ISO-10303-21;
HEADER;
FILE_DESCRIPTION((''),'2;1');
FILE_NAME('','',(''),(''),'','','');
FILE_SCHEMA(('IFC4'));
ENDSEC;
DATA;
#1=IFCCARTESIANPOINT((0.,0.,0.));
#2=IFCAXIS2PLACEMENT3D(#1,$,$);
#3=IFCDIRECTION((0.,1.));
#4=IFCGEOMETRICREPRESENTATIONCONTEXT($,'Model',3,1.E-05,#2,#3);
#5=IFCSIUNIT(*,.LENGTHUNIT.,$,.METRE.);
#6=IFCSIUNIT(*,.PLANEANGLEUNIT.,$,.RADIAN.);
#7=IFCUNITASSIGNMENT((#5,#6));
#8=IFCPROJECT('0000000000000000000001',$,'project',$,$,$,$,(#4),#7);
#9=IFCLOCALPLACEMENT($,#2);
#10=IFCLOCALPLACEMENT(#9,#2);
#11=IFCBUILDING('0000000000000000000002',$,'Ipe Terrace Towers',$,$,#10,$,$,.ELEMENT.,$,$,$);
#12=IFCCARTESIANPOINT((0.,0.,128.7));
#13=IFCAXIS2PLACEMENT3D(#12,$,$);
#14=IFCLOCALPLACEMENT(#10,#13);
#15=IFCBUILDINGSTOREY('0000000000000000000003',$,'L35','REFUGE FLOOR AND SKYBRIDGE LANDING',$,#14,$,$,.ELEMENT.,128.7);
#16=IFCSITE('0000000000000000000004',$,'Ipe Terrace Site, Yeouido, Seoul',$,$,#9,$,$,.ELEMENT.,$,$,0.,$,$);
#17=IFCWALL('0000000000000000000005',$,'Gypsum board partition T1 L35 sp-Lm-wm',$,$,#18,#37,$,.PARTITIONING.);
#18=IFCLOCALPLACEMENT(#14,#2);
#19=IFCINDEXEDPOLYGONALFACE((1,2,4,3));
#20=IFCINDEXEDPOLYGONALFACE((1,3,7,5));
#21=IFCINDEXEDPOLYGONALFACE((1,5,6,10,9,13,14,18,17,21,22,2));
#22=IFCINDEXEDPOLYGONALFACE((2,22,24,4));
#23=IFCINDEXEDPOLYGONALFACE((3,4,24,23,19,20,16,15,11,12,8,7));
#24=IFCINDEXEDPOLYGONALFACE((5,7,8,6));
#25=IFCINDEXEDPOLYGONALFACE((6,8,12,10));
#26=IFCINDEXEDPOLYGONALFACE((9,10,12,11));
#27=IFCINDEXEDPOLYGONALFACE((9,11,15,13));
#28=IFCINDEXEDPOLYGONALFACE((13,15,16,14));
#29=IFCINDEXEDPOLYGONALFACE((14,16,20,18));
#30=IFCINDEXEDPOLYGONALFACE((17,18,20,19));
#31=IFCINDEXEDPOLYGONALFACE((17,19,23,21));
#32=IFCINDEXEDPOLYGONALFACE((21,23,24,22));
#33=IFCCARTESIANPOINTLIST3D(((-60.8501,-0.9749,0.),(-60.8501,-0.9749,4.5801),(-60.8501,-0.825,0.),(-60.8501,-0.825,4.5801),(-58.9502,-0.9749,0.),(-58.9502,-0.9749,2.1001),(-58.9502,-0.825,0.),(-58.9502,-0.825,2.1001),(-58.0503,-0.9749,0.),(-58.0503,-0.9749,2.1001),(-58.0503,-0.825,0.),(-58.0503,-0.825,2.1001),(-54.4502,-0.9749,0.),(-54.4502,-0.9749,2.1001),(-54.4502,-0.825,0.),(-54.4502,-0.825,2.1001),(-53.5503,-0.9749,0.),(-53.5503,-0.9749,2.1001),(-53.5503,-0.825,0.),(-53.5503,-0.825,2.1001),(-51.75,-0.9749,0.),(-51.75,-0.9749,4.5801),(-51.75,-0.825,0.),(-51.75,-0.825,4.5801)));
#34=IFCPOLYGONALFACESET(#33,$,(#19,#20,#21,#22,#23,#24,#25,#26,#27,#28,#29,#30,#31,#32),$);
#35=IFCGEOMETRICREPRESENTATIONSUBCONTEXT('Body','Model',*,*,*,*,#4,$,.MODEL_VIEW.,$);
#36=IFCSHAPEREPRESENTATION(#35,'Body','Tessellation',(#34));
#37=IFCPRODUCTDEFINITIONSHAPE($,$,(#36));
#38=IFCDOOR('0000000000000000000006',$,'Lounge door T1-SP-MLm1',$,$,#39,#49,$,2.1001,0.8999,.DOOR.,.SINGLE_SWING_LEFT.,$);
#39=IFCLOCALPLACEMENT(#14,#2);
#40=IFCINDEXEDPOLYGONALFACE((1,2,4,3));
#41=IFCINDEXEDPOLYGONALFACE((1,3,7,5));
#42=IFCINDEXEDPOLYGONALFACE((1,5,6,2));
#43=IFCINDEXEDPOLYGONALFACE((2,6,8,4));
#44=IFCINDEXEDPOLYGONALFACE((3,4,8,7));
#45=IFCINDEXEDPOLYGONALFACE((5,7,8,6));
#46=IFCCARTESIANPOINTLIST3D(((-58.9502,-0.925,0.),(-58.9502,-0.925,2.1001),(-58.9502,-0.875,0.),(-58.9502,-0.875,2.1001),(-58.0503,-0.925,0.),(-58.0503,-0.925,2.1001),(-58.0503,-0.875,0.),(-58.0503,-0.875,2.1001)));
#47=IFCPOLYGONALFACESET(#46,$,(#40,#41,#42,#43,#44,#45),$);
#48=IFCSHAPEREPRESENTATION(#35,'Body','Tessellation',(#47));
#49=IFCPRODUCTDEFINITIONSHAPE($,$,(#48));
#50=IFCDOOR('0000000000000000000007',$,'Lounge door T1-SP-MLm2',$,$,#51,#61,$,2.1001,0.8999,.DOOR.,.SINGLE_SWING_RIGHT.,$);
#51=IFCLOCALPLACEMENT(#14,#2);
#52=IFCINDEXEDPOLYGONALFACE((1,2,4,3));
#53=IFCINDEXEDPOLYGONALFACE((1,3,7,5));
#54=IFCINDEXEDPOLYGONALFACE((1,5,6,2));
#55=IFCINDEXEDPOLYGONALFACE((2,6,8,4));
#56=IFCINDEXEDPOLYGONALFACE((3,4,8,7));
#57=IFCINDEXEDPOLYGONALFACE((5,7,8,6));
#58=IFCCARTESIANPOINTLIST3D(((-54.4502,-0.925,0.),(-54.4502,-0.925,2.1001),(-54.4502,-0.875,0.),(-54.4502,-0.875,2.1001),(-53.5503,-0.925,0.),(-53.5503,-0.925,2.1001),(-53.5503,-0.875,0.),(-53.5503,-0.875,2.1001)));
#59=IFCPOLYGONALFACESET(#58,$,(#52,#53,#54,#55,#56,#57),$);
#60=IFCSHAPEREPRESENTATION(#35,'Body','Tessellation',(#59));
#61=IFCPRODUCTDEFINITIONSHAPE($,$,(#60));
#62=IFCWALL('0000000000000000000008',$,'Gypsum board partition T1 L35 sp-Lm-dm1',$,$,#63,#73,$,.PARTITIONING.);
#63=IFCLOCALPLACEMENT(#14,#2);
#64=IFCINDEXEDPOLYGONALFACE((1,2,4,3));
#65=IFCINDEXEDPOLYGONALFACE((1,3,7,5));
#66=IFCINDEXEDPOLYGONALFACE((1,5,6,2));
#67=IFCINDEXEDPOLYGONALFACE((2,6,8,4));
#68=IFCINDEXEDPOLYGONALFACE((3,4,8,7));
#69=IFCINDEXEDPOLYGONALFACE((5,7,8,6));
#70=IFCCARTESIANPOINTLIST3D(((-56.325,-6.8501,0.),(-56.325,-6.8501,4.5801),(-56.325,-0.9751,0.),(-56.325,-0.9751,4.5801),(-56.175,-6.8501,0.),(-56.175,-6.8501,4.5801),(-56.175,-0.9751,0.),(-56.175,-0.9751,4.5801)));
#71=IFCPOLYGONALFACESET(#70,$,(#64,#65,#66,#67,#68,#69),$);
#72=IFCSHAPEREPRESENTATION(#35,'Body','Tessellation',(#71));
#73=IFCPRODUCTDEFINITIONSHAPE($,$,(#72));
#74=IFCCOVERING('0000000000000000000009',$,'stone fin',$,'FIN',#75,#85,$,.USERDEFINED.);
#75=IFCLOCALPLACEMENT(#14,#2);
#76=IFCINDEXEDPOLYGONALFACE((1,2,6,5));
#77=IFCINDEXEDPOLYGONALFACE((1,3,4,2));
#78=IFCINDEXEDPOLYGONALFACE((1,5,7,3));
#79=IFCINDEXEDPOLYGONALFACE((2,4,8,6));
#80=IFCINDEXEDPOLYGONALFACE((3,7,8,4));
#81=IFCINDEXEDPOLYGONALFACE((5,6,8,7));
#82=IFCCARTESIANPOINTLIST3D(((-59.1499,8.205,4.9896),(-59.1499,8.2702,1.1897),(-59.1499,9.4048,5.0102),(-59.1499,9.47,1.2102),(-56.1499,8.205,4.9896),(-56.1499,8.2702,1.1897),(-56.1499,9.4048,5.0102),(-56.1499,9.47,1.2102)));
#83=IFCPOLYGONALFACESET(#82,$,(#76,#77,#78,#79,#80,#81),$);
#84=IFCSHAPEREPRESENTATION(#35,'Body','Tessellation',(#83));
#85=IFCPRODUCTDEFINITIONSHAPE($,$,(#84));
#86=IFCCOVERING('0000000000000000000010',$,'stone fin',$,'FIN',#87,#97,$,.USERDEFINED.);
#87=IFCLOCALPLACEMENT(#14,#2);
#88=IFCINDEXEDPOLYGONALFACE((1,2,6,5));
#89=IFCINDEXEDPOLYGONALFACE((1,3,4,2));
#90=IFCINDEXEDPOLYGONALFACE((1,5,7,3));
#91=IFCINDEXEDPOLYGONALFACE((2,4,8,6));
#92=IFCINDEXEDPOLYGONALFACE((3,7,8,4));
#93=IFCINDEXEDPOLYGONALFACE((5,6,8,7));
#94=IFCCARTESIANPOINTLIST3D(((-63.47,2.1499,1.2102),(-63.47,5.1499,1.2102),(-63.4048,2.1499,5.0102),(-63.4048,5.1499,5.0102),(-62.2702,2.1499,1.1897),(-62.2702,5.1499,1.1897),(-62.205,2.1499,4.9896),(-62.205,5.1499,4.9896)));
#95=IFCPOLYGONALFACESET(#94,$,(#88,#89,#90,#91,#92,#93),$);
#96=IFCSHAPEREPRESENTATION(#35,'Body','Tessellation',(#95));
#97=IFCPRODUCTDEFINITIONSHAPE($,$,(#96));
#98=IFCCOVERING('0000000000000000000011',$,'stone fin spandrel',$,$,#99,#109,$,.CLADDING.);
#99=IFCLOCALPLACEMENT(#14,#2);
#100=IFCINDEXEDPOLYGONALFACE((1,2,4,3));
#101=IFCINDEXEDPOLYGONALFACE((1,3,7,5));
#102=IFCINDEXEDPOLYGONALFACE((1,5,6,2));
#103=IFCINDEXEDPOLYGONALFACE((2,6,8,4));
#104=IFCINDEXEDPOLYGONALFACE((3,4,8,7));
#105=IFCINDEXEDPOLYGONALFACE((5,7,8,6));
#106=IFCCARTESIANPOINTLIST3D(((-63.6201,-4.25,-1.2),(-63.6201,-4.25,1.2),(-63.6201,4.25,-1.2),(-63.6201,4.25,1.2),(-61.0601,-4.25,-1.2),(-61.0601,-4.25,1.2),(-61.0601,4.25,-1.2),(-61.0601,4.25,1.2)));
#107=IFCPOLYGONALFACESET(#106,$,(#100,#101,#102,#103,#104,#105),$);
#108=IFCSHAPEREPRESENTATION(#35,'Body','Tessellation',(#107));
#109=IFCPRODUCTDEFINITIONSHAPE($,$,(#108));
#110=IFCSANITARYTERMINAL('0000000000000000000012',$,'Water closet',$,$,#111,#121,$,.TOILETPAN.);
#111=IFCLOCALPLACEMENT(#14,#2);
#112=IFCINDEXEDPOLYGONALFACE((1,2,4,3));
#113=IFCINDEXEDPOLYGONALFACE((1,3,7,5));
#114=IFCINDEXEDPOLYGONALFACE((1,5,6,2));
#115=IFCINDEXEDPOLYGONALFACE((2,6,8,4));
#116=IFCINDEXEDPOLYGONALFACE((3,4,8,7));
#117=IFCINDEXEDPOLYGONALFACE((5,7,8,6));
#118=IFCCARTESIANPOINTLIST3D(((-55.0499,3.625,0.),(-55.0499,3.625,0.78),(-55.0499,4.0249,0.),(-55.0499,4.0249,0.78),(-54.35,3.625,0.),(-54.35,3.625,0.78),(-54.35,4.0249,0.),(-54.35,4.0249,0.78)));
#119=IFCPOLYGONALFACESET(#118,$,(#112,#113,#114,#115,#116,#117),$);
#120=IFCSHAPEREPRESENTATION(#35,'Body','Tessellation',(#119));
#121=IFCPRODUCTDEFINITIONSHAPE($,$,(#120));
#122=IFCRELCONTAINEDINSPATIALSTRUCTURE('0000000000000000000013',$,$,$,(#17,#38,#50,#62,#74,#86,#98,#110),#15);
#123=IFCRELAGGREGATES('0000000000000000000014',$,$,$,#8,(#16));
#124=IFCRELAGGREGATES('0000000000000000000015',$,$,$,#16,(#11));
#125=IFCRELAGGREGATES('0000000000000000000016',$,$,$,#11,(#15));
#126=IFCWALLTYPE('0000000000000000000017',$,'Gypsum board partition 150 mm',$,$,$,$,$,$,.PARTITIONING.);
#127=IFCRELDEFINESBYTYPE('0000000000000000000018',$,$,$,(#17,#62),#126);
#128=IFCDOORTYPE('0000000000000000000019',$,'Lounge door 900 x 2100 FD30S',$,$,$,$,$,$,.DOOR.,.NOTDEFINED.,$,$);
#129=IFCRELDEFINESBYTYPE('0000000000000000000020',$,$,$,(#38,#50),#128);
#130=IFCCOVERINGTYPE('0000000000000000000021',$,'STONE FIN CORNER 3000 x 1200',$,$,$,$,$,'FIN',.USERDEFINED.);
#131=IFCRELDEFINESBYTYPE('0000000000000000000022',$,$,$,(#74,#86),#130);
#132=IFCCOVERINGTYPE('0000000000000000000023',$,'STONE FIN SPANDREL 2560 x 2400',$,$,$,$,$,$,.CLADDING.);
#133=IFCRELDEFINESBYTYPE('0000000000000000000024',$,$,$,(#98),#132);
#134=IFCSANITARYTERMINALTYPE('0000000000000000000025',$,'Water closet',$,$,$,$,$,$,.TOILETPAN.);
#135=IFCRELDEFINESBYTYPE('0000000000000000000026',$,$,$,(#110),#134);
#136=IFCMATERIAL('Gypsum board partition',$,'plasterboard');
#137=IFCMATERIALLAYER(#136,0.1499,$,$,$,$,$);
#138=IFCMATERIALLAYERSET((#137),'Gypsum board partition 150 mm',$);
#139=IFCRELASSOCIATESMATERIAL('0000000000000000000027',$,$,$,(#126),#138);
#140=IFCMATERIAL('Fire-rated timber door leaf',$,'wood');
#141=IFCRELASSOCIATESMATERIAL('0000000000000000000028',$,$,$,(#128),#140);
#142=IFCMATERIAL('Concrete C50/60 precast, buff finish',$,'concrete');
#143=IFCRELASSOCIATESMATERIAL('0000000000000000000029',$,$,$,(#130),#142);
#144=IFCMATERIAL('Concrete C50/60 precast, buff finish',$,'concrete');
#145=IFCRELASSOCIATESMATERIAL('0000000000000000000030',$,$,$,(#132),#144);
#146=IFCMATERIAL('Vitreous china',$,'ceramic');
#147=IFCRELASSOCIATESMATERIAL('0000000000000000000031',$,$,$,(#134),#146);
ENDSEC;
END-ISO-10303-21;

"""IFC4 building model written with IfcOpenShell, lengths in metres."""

from ifc_helpers import new_model, si_unit, direction, frame, frame_2d, origin, origin_2d, place, context, subcontext, project, spatial, rectangle, extrude, material, layer, layer_set, material_profile, profile_set, type_object, element, fill, save


model = new_model("IFC4")

# Units and contexts
model_context = context("Model", 3, precision=1e-05, world=origin(), true_north=direction((0.0, 1.0)))
body_context = subcontext(model_context, "Body", "Model", "MODEL_VIEW")
ifc_project = project(units=[si_unit("LENGTHUNIT", "METRE"), si_unit("PLANEANGLEUNIT", "RADIAN")], contexts=[model_context])

# Site, building, storey
site_placement = place(None, origin())
site = spatial("IfcSite", under=ifc_project, at=site_placement, Name="Ipe Terrace Site, Yeouido, Seoul", CompositionType="ELEMENT", RefElevation=0.0)
building_placement = place(site_placement, origin())
building = spatial("IfcBuilding", under=site, at=building_placement, Name="Ipe Terrace Towers", CompositionType="ELEMENT")
storey_placement = place(building_placement, frame((0.0, 0.0, 128.7)))
storey = spatial("IfcBuildingStorey", under=building, at=storey_placement, Name="L35", Description="REFUGE FLOOR AND SKYBRIDGE LANDING", CompositionType="ELEMENT", Elevation=128.7)

# Shared definitions
ifc_material_1 = material(Name="Gypsum board partition", Category="plasterboard")
ifc_layer_1 = layer(ifc_material_1, 0.1499)
ifc_layer_set_1 = layer_set([ifc_layer_1], Name="Gypsum board partition 150 mm")
wall_type_1 = type_object("IfcWallType", Name="Gypsum board partition 150 mm", PredefinedType="PARTITIONING", material=ifc_layer_set_1)
ifc_material_2 = material(Name="Fire-rated timber door leaf", Category="wood")
door_type_1 = type_object("IfcDoorType", Name="Lounge door 900 x 2100 FD30S", OperationType="NOTDEFINED", PredefinedType="DOOR", material=ifc_material_2)

# Wall, openings, doors
wall_1_placement = place(storey_placement, frame((-60.8501, -0.8999, 0.0), z_axis=(0.0, 0.0, 1.0), x_axis=(1.0, 0.0, 0.0)))
wall_1 = element("IfcWall", 1, at=wall_1_placement, inside=storey, type_object=wall_type_1, Name="Gypsum board partition T1 L35 sp-Lm-wm", PredefinedType="PARTITIONING", context=body_context, shape_type="SweptSolid", body=[
    extrude(rectangle(XDim=9.1001, YDim=0.1499, at=frame_2d((4.55, 0.0))), origin(), (0.0, 0.0, 1.0), 4.5801),
])
opening_1_placement = place(wall_1_placement, frame((1.8999, 0.0, 0.0)))
opening_1 = element("IfcOpeningElement", 2, at=opening_1_placement, cuts=wall_1, PredefinedType="OPENING", context=body_context, shape_type="SweptSolid", body=[
    extrude(rectangle(XDim=0.8999, YDim=2.1001, at=frame_2d((0.45, 1.05))), frame((0.0, 0.085, 0.0), z_axis=(0.0, -1.0, 0.0), x_axis=(1.0, 0.0, 0.0)), (0.0, 0.0, 1.0), 0.1699),
])
opening_2_placement = place(wall_1_placement, frame((6.3999, 0.0, 0.0)))
opening_2 = element("IfcOpeningElement", 3, at=opening_2_placement, cuts=wall_1, PredefinedType="OPENING", context=body_context, shape_type="SweptSolid", body=[
    extrude(rectangle(XDim=0.8999, YDim=2.1001, at=frame_2d((0.45, 1.05))), frame((0.0, 0.085, 0.0), z_axis=(0.0, -1.0, 0.0), x_axis=(1.0, 0.0, 0.0)), (0.0, 0.0, 1.0), 0.1699),
])
door_1_placement = place(opening_1_placement, origin())
door_1 = element("IfcDoor", 4, at=door_1_placement, inside=storey, type_object=door_type_1, Name="Lounge door T1-SP-MLm1", OperationType="SINGLE_SWING_LEFT", OverallHeight=2.1001, OverallWidth=0.8999, PredefinedType="DOOR", context=body_context, shape_type="SweptSolid", body=[
    extrude(rectangle(XDim=0.8999, YDim=2.1001, at=frame_2d((0.45, 1.05))), frame((0.0, 0.0249, 0.0), z_axis=(0.0, -1.0, 0.0), x_axis=(1.0, 0.0, 0.0)), (0.0, 0.0, 1.0), 0.05),
])
fill(opening_1, door_1)
door_2_placement = place(opening_2_placement, origin())
door_2 = element("IfcDoor", 5, at=door_2_placement, inside=storey, type_object=door_type_1, Name="Lounge door T1-SP-MLm2", OperationType="SINGLE_SWING_RIGHT", OverallHeight=2.1001, OverallWidth=0.8999, PredefinedType="DOOR", context=body_context, shape_type="SweptSolid", body=[
    extrude(rectangle(XDim=0.8999, YDim=2.1001, at=frame_2d((0.45, 1.05))), frame((0.0, 0.0249, 0.0), z_axis=(0.0, -1.0, 0.0), x_axis=(1.0, 0.0, 0.0)), (0.0, 0.0, 1.0), 0.05),
])
fill(opening_2, door_2)

# Wall
wall_2_placement = place(storey_placement, frame((-56.25, -0.9751, 0.0), z_axis=(0.0, 0.0, 1.0), x_axis=(0.0, -1.0, 0.0)))
element("IfcWall", 6, at=wall_2_placement, inside=storey, type_object=wall_type_1, Name="Gypsum board partition T1 L35 sp-Lm-dm1", PredefinedType="PARTITIONING", context=body_context, shape_type="SweptSolid", body=[
    extrude(rectangle(XDim=5.875, YDim=0.1499, at=frame_2d((2.9375, 0.0))), origin(), (0.0, 0.0, 1.0), 4.5801),
])

# Coverings
ifc_material_3 = material(Name="Concrete C50/60 precast, buff finish", Category="concrete")
ifc_material_profile_1 = material_profile(ifc_material_3, rectangle(XDim=3.0, YDim=1.2, at=origin_2d()), Name="STONE FIN CORNER 3000 x 1200")
ifc_profile_set_1 = profile_set([ifc_material_profile_1], Name="Concrete C50/60 precast, buff finish")
covering_type_1 = type_object("IfcCoveringType", Name="STONE FIN CORNER 3000 x 1200", ElementType="FIN", PredefinedType="USERDEFINED", material=ifc_profile_set_1)
for number, where, z_axis, x_axis, name in (
    (7, (-57.6499, 8.8701, 1.2), (0.0, -0.017151, 0.999853), (-1.0, 0.0, 0.0), "stone fin"),
    (8, (-62.8701, 3.6499, 1.2), (0.017151, 0.0, 0.999853), (0.0, -1.0, 0.0), "stone fin"),
):
    element("IfcCovering", number, at=place(storey_placement, frame(where, z_axis=z_axis, x_axis=x_axis)), inside=storey, type_object=covering_type_1, Name=name, ObjectType="FIN", PredefinedType="USERDEFINED", context=body_context, shape_type="SweptSolid", body=[
        extrude(rectangle(XDim=3.0, YDim=1.2, at=origin_2d()), origin(), (0.0, 0.0, 1.0), 3.8005),
    ])
ifc_material_4 = material(Name="Concrete C50/60 precast, buff finish", Category="concrete")
ifc_material_profile_2 = material_profile(ifc_material_4, rectangle(XDim=2.5601, YDim=2.3999, at=origin_2d()), Name="STONE FIN SPANDREL 2560 x 2400")
ifc_profile_set_2 = profile_set([ifc_material_profile_2], Name="Concrete C50/60 precast, buff finish")
covering_type_2 = type_object("IfcCoveringType", Name="STONE FIN SPANDREL 2560 x 2400", PredefinedType="CLADDING", material=ifc_profile_set_2)
covering_placement = place(storey_placement, frame((-62.3401, 4.25, 0.0), z_axis=(0.0, -1.0, 0.0), x_axis=(-1.0, 0.0, 0.0)))
element("IfcCovering", 9, at=covering_placement, inside=storey, type_object=covering_type_2, Name="stone fin spandrel", PredefinedType="CLADDING", context=body_context, shape_type="SweptSolid", body=[
    extrude(rectangle(XDim=2.5601, YDim=2.3999, at=origin_2d()), origin(), (0.0, 0.0, 1.0), 8.5),
])

# Sanitary terminal
ifc_material_5 = material(Name="Vitreous china", Category="ceramic")
sanitary_terminal_type = type_object("IfcSanitaryTerminalType", Name="Water closet", PredefinedType="TOILETPAN", material=ifc_material_5)
sanitary_terminal_placement = place(storey_placement, frame((-54.7, 3.825, 0.0), z_axis=(0.0, 0.0, 1.0), x_axis=(1.0, 0.0, 0.0)))
element("IfcSanitaryTerminal", 10, at=sanitary_terminal_placement, inside=storey, type_object=sanitary_terminal_type, Name="Water closet", PredefinedType="TOILETPAN", context=body_context, shape_type="SweptSolid", body=[
    extrude(rectangle(XDim=0.7, YDim=0.3999, at=origin_2d()), origin(), (0.0, 0.0, 1.0), 0.78),
])

save(model, "model.ifc")
